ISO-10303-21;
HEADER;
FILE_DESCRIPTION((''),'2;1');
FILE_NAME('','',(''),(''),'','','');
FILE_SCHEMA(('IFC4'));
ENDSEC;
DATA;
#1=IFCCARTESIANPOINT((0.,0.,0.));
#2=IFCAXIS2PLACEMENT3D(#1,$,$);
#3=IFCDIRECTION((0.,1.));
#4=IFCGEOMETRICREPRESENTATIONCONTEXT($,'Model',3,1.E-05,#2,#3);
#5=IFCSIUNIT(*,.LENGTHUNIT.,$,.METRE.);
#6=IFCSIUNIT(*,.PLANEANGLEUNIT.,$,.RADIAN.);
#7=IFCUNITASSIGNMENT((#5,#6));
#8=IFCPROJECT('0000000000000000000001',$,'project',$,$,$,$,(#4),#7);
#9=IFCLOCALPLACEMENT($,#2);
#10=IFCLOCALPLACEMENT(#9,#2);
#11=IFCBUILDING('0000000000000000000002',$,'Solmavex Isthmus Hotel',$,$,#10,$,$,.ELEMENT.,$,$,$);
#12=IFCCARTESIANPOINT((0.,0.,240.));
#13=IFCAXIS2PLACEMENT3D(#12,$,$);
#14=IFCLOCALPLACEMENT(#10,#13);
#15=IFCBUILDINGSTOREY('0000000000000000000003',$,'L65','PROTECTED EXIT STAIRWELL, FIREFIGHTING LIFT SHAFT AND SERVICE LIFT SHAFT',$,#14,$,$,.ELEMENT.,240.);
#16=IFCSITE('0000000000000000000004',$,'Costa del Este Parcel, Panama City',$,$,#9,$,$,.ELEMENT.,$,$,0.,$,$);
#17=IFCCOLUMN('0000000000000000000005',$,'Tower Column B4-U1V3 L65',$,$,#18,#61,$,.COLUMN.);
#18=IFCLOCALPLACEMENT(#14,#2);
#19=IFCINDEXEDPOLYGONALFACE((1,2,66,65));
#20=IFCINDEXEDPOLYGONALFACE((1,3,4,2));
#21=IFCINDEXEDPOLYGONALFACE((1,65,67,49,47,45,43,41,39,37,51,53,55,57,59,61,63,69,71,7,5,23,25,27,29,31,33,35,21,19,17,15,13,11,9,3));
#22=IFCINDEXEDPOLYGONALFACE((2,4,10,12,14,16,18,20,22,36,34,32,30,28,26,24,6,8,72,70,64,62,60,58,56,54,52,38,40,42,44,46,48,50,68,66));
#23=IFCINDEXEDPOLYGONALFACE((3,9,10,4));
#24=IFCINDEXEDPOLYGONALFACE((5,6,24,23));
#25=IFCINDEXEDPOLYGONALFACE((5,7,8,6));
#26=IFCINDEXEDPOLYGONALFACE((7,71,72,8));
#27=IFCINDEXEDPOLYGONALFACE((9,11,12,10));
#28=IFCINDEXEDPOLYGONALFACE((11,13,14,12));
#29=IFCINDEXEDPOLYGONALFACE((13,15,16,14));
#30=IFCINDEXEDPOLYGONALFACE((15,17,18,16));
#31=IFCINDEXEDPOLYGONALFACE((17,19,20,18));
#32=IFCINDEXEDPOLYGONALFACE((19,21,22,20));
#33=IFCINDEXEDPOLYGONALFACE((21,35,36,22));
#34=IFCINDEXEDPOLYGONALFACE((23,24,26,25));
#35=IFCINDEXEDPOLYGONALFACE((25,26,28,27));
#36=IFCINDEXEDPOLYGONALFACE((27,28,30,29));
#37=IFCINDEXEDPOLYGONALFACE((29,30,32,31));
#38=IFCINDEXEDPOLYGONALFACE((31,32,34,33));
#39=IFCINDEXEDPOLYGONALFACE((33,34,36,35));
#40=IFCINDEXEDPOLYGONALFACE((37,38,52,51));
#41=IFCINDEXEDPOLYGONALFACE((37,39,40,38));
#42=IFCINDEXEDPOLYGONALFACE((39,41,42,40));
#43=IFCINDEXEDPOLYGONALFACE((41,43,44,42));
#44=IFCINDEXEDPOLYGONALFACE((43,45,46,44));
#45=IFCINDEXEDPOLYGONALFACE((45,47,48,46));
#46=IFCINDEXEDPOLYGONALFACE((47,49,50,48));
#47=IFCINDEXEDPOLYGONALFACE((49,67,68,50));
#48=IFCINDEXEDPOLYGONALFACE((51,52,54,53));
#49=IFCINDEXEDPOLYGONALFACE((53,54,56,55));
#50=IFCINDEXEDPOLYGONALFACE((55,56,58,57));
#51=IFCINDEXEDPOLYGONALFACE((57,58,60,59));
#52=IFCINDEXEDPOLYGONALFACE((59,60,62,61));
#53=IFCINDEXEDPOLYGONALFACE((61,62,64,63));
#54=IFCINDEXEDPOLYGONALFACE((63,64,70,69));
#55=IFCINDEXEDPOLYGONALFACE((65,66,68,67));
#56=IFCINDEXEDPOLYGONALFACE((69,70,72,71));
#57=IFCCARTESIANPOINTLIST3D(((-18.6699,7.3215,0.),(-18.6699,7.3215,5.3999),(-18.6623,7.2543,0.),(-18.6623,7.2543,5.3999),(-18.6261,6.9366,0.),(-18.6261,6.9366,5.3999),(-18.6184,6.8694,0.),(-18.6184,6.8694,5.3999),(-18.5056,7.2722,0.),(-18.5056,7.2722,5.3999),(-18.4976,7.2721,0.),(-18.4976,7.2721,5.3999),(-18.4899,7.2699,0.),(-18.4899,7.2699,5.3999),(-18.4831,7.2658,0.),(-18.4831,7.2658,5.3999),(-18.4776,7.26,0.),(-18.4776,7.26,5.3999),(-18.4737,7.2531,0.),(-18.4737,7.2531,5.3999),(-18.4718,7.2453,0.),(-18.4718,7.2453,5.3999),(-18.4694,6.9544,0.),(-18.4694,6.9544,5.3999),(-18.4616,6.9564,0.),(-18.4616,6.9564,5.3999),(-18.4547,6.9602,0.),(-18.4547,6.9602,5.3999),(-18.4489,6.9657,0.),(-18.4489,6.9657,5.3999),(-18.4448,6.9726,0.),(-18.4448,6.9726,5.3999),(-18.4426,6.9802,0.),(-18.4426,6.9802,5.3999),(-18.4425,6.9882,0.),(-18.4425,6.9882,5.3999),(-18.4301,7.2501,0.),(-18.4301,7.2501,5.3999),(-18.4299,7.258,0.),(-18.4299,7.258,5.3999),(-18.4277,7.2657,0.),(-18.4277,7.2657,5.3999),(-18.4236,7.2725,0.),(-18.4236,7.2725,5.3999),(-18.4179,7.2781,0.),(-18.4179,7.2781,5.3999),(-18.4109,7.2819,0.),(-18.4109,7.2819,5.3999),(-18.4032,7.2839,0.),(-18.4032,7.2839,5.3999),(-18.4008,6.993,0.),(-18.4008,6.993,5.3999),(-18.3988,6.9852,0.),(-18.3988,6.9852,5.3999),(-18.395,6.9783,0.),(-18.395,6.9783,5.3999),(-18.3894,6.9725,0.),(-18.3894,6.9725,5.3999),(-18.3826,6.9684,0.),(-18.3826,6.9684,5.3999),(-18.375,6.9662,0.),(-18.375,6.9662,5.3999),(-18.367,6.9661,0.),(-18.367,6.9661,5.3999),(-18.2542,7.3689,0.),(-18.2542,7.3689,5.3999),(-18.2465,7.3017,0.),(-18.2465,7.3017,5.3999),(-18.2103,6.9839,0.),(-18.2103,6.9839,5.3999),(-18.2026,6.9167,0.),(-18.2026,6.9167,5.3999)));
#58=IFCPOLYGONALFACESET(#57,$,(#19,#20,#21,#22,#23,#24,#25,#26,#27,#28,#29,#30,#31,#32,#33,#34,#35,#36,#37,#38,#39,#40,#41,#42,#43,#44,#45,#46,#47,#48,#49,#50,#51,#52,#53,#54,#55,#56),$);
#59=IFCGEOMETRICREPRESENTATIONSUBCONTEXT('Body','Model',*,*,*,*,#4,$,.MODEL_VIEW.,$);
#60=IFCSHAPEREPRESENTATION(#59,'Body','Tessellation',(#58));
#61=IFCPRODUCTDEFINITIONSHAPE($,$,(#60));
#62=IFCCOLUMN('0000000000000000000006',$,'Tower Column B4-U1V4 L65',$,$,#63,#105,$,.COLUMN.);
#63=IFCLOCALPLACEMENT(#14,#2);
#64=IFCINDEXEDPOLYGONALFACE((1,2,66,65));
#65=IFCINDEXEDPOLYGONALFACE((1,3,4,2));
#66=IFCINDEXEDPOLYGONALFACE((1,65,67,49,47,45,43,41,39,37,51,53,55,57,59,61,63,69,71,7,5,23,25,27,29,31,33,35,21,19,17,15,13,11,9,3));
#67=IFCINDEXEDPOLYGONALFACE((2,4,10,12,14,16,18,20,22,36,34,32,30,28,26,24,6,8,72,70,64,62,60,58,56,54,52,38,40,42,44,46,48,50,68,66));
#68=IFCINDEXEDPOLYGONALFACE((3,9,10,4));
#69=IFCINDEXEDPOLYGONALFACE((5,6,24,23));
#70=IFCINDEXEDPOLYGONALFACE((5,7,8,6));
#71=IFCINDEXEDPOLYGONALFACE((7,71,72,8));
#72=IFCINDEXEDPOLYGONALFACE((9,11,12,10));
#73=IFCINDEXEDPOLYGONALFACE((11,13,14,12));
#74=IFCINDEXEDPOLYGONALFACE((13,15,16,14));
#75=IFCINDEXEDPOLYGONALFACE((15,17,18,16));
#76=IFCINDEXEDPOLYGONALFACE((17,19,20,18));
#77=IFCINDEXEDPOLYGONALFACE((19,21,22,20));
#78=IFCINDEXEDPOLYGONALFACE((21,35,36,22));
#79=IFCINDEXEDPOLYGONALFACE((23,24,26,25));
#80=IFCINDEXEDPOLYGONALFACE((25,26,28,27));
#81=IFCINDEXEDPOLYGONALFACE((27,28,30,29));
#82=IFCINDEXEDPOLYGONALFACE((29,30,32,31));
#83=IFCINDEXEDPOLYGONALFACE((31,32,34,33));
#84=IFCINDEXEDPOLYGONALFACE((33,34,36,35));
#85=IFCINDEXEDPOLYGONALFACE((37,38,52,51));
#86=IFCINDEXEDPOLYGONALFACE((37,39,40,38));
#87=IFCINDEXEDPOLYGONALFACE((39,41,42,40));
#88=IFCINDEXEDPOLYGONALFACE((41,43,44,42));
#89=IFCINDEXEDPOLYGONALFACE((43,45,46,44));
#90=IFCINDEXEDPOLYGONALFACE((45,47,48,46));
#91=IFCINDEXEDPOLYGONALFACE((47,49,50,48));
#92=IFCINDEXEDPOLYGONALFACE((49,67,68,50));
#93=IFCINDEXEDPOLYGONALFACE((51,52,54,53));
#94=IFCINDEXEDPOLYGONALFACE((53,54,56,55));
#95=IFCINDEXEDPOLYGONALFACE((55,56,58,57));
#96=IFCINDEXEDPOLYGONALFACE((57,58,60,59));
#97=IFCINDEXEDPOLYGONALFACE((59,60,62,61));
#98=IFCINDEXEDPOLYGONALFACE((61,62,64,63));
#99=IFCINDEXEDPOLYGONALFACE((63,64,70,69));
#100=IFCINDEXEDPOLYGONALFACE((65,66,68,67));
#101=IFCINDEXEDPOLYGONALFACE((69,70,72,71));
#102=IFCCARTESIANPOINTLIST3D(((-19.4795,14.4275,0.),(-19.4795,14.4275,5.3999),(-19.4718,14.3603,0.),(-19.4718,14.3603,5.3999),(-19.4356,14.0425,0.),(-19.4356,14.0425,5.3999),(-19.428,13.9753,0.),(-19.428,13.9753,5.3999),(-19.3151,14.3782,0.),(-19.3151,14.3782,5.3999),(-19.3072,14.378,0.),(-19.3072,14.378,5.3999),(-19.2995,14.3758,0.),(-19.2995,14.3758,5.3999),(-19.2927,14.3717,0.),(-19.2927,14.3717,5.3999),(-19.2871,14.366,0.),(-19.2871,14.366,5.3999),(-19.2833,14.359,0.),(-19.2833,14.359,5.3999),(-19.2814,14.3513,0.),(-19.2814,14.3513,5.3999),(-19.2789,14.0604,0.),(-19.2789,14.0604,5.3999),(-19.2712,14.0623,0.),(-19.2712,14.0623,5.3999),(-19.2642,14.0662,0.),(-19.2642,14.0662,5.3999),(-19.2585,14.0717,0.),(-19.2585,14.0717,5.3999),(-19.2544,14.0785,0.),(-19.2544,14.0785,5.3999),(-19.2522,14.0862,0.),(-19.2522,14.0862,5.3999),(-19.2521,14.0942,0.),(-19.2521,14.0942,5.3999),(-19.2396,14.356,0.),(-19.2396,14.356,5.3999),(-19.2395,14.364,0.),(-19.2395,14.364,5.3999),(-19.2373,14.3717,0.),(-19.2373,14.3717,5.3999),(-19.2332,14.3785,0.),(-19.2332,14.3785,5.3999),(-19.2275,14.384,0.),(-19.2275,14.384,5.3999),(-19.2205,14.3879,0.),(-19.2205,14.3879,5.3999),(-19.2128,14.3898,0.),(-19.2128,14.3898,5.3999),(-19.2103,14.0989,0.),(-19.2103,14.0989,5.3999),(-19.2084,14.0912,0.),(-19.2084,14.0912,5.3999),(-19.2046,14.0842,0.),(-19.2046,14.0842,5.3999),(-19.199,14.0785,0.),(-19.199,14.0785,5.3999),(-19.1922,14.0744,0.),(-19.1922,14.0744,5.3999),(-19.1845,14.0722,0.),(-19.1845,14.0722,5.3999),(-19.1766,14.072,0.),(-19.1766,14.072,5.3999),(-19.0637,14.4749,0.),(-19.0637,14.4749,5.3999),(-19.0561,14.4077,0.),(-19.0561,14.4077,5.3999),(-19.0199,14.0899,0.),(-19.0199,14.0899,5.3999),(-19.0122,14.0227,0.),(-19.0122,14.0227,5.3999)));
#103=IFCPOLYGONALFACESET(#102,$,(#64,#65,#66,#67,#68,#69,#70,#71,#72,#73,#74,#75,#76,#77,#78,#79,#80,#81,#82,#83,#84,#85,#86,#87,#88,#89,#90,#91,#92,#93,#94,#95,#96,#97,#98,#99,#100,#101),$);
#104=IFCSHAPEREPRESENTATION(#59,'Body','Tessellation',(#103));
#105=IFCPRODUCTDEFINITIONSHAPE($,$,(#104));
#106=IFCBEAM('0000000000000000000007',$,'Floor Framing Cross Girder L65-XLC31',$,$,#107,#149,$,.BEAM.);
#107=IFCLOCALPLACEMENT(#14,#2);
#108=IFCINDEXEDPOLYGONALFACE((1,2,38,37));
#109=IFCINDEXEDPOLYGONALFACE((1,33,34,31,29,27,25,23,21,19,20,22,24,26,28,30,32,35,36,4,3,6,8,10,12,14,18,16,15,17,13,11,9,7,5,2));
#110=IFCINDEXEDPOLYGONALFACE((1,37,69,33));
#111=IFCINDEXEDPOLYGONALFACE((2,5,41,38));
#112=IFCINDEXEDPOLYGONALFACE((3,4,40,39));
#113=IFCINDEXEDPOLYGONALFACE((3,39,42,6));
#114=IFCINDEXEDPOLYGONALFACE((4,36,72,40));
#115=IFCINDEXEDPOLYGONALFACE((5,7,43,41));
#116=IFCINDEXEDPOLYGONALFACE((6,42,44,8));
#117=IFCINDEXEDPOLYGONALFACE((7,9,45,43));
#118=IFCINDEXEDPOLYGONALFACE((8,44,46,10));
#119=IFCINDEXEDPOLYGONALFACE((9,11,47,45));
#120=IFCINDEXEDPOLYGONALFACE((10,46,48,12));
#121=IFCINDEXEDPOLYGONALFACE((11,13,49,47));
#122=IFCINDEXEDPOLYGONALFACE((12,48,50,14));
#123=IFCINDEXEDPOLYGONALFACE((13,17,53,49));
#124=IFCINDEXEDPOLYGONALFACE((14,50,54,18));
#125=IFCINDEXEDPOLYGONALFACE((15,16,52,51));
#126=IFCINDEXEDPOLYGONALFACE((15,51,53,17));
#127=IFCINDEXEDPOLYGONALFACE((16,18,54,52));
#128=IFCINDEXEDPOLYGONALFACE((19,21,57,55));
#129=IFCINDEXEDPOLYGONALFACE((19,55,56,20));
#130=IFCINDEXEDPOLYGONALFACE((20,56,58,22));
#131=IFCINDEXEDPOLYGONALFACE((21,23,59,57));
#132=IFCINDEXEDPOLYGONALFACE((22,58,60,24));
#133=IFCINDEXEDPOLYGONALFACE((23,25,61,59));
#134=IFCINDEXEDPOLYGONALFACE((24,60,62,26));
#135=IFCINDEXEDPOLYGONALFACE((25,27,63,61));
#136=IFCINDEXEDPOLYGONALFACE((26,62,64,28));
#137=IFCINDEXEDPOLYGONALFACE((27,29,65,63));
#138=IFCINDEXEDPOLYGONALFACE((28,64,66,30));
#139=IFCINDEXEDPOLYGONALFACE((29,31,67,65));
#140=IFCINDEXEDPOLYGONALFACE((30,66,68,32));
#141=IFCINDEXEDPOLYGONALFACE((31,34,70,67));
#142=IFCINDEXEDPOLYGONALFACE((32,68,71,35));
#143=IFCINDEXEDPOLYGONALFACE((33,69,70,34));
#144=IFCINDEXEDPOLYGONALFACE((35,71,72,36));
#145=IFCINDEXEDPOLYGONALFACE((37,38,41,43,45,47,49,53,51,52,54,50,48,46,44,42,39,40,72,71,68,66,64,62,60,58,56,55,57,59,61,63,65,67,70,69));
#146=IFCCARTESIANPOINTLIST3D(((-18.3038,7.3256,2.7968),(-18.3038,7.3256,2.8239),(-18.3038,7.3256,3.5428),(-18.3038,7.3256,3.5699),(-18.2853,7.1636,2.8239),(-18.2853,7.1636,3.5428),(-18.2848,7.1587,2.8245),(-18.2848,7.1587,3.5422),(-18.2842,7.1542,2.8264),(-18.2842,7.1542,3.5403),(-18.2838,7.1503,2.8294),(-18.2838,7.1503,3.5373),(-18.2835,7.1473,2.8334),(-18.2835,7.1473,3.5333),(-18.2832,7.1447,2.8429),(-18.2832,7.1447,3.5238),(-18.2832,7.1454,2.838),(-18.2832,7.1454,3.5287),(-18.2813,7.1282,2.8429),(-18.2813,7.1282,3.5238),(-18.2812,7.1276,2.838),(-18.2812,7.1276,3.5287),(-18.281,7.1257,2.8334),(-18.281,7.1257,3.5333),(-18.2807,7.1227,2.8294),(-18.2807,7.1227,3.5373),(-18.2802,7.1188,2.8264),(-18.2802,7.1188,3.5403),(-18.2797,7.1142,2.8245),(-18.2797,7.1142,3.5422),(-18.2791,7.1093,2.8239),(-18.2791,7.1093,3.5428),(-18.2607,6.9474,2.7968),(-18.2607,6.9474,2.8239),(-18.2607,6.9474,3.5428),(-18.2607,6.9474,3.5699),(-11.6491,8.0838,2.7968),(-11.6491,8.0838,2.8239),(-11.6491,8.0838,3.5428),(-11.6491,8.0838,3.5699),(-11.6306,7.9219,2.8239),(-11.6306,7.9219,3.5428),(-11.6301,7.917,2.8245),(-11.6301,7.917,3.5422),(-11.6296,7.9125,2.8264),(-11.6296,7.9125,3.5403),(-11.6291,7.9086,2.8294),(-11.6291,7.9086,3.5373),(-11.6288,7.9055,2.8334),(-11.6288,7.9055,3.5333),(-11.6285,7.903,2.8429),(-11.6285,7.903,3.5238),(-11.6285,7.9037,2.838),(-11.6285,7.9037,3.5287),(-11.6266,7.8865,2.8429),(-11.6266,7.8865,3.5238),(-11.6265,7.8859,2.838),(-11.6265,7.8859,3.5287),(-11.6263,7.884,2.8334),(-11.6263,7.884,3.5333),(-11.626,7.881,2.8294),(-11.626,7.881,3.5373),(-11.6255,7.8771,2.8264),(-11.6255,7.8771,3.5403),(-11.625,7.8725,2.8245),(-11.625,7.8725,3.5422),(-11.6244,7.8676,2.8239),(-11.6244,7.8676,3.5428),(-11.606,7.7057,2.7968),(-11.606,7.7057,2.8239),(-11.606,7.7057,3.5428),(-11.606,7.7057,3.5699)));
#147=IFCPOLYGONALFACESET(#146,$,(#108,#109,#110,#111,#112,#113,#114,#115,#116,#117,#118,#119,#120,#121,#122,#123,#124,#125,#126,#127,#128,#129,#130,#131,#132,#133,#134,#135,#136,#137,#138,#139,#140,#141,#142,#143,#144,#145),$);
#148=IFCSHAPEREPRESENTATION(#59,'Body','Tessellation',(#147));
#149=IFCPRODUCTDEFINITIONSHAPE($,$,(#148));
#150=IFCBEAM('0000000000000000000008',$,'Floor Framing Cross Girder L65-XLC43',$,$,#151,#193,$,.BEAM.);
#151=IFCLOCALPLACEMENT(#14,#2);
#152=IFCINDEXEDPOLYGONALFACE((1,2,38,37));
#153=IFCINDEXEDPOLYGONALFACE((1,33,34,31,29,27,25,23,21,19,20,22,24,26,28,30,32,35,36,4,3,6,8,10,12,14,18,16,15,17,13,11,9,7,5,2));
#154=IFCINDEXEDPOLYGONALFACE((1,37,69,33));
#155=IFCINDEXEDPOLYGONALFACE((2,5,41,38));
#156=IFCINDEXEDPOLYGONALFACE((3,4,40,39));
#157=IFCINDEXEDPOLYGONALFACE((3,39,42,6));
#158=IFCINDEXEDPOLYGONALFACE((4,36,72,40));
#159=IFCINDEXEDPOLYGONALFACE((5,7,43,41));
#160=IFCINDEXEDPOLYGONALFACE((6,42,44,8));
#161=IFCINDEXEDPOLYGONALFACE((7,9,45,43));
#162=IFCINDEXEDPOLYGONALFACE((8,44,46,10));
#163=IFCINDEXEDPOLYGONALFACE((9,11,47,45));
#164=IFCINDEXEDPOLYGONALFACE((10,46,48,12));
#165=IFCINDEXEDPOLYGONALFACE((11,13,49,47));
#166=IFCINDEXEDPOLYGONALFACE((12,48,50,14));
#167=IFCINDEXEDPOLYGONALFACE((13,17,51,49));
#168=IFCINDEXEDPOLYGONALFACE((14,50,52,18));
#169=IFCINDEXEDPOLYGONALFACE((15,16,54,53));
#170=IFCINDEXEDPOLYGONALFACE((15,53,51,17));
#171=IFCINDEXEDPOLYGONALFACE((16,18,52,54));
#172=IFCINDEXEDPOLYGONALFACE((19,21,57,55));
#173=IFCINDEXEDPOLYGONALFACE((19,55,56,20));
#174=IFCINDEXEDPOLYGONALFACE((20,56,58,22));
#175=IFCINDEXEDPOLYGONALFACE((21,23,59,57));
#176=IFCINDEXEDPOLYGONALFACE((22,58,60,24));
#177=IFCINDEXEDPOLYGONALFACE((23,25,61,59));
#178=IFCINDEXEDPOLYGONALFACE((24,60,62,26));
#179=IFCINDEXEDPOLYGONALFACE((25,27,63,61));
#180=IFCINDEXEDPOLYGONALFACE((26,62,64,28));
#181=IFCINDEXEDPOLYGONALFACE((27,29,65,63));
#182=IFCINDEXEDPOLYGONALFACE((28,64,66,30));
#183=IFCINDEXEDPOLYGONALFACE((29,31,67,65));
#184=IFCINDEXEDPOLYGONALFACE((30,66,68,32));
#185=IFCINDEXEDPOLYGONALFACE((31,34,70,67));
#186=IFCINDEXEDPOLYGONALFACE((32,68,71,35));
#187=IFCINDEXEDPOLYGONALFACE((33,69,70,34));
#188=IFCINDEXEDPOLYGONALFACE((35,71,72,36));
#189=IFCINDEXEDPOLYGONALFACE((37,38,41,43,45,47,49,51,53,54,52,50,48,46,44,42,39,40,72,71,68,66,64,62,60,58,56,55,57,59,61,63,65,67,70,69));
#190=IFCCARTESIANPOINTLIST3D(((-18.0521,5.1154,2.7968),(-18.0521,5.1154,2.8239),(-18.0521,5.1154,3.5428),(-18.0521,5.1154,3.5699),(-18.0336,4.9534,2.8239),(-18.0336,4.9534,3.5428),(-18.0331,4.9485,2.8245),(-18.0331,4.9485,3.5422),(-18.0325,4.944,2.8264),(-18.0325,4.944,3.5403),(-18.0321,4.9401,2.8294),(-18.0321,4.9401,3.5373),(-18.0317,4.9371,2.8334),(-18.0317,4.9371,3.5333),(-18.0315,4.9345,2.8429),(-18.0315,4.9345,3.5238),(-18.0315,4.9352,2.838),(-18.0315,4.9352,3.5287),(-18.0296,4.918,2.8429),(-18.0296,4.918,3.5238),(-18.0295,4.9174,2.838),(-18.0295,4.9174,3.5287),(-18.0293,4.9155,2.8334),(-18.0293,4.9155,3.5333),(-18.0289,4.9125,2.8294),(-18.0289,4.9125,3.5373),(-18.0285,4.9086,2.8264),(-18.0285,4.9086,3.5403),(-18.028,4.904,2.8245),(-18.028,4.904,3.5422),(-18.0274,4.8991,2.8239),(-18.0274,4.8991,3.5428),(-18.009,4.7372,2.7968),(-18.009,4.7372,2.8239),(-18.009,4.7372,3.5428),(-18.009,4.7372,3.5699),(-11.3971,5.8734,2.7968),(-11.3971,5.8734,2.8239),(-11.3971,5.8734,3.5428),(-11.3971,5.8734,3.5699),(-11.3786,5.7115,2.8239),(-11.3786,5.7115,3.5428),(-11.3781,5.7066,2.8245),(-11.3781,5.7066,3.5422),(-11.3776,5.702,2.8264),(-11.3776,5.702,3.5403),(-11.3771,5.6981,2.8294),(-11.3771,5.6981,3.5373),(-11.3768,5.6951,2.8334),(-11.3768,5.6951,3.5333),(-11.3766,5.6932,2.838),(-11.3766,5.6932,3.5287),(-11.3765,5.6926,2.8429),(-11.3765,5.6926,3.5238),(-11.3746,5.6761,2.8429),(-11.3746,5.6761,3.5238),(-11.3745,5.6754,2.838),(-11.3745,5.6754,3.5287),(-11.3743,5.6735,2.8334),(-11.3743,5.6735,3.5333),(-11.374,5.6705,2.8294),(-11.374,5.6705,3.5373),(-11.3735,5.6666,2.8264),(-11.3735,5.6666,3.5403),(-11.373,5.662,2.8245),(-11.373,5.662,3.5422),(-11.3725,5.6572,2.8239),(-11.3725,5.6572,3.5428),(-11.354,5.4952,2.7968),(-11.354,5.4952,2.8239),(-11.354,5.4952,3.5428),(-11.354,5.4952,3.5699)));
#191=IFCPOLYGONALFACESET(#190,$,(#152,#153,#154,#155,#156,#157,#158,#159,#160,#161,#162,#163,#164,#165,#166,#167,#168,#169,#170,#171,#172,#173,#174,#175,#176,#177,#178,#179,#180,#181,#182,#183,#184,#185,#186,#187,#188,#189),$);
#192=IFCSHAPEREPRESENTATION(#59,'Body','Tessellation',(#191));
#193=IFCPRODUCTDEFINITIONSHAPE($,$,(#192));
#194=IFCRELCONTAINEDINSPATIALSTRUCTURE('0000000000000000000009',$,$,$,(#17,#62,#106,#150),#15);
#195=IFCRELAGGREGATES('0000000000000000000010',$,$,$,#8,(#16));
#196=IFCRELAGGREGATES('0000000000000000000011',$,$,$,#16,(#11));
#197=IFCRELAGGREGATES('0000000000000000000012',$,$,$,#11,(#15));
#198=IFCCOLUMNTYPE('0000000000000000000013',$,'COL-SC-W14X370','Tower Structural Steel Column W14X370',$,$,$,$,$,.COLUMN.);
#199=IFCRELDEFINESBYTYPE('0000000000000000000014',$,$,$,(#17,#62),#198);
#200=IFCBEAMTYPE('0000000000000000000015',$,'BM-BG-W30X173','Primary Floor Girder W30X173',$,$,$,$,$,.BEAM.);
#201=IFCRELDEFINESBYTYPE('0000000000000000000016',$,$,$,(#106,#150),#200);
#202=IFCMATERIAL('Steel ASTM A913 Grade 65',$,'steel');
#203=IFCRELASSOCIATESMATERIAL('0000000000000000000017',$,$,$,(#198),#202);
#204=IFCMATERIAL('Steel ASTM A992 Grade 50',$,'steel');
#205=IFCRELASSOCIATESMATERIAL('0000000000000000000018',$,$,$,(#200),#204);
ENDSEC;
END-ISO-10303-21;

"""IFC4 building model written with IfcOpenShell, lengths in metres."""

from ifc_helpers import new_model, si_unit, direction, frame, origin, origin_2d, place, context, subcontext, project, spatial, i_section, extrude, material, material_profile, profile_set, type_object, element, save


model = new_model("IFC4")

# Units and contexts
model_context = context("Model", 3, precision=1e-05, world=origin(), true_north=direction((0.0, 1.0)))
body_context = subcontext(model_context, "Body", "Model", "MODEL_VIEW")
ifc_project = project(units=[si_unit("LENGTHUNIT", "METRE"), si_unit("PLANEANGLEUNIT", "RADIAN")], contexts=[model_context])

# Site, building, storey
site_placement = place(None, origin())
site = spatial("IfcSite", under=ifc_project, at=site_placement, Name="Costa del Este Parcel, Panama City", CompositionType="ELEMENT", RefElevation=0.0)
building_placement = place(site_placement, origin())
building = spatial("IfcBuilding", under=site, at=building_placement, Name="Solmavex Isthmus Hotel", CompositionType="ELEMENT")
storey_placement = place(building_placement, frame((0.0, 0.0, 240.0)))
storey = spatial("IfcBuildingStorey", under=building, at=storey_placement, Name="L65", Description="PROTECTED EXIT STAIRWELL, FIREFIGHTING LIFT SHAFT AND SERVICE LIFT SHAFT", CompositionType="ELEMENT", Elevation=240.0)

# Columns
ifc_material_1 = material(Name="Steel ASTM A913 Grade 65", Category="steel")
ifc_material_profile_1 = material_profile(ifc_material_1, i_section(OverallWidth=0.4185, OverallDepth=0.4551, WebThickness=0.042, FlangeThickness=0.0676, FilletRadius=0.0305, at=origin_2d()), Name="W14X370")
ifc_profile_set_1 = profile_set([ifc_material_profile_1], Name="Steel ASTM A913 Grade 65")
column_type = type_object("IfcColumnType", Name="COL-SC-W14X370", Description="Tower Structural Steel Column W14X370", PredefinedType="COLUMN", material=ifc_profile_set_1)
for number, where, z_axis, x_axis, name in (
    (1, (-18.4363, 7.1191, 0.0), (0.0, 0.0, 1.0), (0.993572, 0.113203, 0.0), "Tower Column B4-U1V3 L65"),
    (2, (-19.2458, 14.2251, 0.0), (0.0, 0.0, 1.0), (0.993572, 0.113203, 0.0), "Tower Column B4-U1V4 L65"),
):
    element("IfcColumn", number, at=place(storey_placement, frame(where, z_axis=z_axis, x_axis=x_axis)), inside=storey, type_object=column_type, Name=name, PredefinedType="COLUMN", context=body_context, shape_type="SweptSolid", body=[
        extrude(i_section(OverallWidth=0.4185, OverallDepth=0.4551, WebThickness=0.042, FlangeThickness=0.0676, FilletRadius=0.0305, at=origin_2d()), origin(), (0.0, 0.0, 1.0), 5.3999),
    ])

# Beams
ifc_material_2 = material(Name="Steel ASTM A992 Grade 50", Category="steel")
ifc_material_profile_2 = material_profile(ifc_material_2, i_section(OverallWidth=0.3806, OverallDepth=0.7732, WebThickness=0.0166, FlangeThickness=0.0271, FilletRadius=0.019, at=origin_2d()), Name="W30X173")
ifc_profile_set_2 = profile_set([ifc_material_profile_2], Name="Steel ASTM A992 Grade 50")
beam_type_1 = type_object("IfcBeamType", Name="BM-BG-W30X173", Description="Primary Floor Girder W30X173", PredefinedType="BEAM", material=ifc_profile_set_2)
beam_1_placement = place(storey_placement, frame((-18.2822, 7.1365, 3.1833), z_axis=(0.99357, 0.113216, 0.0), x_axis=(-0.113216, 0.99357, 0.0)))
element("IfcBeam", 3, at=beam_1_placement, inside=storey, type_object=beam_type_1, Name="Floor Framing Cross Girder L65-XLC31", PredefinedType="BEAM", context=body_context, shape_type="SweptSolid", body=[
    extrude(i_section(OverallWidth=0.3806, OverallDepth=0.7732, WebThickness=0.0166, FlangeThickness=0.0271, FilletRadius=0.019, at=origin_2d()), origin(), (0.0, 0.0, 1.0), 6.6978),
])
for number, where, z_axis, x_axis, name in (
    (4, (-18.0305, 4.9263, 3.1833), (0.993575, 0.113175, 0.0), (-0.113175, 0.993575, 0.0), "Floor Framing Cross Girder L65-XLC43"),
):
    element("IfcBeam", number, at=place(storey_placement, frame(where, z_axis=z_axis, x_axis=x_axis)), inside=storey, type_object=beam_type_1, Name=name, PredefinedType="BEAM", context=body_context, shape_type="SweptSolid", body=[
        extrude(i_section(OverallWidth=0.3806, OverallDepth=0.7732, WebThickness=0.0166, FlangeThickness=0.0271, FilletRadius=0.019, at=origin_2d()), origin(), (0.0, 0.0, 1.0), 6.698),
    ])

save(model, "model.ifc")
